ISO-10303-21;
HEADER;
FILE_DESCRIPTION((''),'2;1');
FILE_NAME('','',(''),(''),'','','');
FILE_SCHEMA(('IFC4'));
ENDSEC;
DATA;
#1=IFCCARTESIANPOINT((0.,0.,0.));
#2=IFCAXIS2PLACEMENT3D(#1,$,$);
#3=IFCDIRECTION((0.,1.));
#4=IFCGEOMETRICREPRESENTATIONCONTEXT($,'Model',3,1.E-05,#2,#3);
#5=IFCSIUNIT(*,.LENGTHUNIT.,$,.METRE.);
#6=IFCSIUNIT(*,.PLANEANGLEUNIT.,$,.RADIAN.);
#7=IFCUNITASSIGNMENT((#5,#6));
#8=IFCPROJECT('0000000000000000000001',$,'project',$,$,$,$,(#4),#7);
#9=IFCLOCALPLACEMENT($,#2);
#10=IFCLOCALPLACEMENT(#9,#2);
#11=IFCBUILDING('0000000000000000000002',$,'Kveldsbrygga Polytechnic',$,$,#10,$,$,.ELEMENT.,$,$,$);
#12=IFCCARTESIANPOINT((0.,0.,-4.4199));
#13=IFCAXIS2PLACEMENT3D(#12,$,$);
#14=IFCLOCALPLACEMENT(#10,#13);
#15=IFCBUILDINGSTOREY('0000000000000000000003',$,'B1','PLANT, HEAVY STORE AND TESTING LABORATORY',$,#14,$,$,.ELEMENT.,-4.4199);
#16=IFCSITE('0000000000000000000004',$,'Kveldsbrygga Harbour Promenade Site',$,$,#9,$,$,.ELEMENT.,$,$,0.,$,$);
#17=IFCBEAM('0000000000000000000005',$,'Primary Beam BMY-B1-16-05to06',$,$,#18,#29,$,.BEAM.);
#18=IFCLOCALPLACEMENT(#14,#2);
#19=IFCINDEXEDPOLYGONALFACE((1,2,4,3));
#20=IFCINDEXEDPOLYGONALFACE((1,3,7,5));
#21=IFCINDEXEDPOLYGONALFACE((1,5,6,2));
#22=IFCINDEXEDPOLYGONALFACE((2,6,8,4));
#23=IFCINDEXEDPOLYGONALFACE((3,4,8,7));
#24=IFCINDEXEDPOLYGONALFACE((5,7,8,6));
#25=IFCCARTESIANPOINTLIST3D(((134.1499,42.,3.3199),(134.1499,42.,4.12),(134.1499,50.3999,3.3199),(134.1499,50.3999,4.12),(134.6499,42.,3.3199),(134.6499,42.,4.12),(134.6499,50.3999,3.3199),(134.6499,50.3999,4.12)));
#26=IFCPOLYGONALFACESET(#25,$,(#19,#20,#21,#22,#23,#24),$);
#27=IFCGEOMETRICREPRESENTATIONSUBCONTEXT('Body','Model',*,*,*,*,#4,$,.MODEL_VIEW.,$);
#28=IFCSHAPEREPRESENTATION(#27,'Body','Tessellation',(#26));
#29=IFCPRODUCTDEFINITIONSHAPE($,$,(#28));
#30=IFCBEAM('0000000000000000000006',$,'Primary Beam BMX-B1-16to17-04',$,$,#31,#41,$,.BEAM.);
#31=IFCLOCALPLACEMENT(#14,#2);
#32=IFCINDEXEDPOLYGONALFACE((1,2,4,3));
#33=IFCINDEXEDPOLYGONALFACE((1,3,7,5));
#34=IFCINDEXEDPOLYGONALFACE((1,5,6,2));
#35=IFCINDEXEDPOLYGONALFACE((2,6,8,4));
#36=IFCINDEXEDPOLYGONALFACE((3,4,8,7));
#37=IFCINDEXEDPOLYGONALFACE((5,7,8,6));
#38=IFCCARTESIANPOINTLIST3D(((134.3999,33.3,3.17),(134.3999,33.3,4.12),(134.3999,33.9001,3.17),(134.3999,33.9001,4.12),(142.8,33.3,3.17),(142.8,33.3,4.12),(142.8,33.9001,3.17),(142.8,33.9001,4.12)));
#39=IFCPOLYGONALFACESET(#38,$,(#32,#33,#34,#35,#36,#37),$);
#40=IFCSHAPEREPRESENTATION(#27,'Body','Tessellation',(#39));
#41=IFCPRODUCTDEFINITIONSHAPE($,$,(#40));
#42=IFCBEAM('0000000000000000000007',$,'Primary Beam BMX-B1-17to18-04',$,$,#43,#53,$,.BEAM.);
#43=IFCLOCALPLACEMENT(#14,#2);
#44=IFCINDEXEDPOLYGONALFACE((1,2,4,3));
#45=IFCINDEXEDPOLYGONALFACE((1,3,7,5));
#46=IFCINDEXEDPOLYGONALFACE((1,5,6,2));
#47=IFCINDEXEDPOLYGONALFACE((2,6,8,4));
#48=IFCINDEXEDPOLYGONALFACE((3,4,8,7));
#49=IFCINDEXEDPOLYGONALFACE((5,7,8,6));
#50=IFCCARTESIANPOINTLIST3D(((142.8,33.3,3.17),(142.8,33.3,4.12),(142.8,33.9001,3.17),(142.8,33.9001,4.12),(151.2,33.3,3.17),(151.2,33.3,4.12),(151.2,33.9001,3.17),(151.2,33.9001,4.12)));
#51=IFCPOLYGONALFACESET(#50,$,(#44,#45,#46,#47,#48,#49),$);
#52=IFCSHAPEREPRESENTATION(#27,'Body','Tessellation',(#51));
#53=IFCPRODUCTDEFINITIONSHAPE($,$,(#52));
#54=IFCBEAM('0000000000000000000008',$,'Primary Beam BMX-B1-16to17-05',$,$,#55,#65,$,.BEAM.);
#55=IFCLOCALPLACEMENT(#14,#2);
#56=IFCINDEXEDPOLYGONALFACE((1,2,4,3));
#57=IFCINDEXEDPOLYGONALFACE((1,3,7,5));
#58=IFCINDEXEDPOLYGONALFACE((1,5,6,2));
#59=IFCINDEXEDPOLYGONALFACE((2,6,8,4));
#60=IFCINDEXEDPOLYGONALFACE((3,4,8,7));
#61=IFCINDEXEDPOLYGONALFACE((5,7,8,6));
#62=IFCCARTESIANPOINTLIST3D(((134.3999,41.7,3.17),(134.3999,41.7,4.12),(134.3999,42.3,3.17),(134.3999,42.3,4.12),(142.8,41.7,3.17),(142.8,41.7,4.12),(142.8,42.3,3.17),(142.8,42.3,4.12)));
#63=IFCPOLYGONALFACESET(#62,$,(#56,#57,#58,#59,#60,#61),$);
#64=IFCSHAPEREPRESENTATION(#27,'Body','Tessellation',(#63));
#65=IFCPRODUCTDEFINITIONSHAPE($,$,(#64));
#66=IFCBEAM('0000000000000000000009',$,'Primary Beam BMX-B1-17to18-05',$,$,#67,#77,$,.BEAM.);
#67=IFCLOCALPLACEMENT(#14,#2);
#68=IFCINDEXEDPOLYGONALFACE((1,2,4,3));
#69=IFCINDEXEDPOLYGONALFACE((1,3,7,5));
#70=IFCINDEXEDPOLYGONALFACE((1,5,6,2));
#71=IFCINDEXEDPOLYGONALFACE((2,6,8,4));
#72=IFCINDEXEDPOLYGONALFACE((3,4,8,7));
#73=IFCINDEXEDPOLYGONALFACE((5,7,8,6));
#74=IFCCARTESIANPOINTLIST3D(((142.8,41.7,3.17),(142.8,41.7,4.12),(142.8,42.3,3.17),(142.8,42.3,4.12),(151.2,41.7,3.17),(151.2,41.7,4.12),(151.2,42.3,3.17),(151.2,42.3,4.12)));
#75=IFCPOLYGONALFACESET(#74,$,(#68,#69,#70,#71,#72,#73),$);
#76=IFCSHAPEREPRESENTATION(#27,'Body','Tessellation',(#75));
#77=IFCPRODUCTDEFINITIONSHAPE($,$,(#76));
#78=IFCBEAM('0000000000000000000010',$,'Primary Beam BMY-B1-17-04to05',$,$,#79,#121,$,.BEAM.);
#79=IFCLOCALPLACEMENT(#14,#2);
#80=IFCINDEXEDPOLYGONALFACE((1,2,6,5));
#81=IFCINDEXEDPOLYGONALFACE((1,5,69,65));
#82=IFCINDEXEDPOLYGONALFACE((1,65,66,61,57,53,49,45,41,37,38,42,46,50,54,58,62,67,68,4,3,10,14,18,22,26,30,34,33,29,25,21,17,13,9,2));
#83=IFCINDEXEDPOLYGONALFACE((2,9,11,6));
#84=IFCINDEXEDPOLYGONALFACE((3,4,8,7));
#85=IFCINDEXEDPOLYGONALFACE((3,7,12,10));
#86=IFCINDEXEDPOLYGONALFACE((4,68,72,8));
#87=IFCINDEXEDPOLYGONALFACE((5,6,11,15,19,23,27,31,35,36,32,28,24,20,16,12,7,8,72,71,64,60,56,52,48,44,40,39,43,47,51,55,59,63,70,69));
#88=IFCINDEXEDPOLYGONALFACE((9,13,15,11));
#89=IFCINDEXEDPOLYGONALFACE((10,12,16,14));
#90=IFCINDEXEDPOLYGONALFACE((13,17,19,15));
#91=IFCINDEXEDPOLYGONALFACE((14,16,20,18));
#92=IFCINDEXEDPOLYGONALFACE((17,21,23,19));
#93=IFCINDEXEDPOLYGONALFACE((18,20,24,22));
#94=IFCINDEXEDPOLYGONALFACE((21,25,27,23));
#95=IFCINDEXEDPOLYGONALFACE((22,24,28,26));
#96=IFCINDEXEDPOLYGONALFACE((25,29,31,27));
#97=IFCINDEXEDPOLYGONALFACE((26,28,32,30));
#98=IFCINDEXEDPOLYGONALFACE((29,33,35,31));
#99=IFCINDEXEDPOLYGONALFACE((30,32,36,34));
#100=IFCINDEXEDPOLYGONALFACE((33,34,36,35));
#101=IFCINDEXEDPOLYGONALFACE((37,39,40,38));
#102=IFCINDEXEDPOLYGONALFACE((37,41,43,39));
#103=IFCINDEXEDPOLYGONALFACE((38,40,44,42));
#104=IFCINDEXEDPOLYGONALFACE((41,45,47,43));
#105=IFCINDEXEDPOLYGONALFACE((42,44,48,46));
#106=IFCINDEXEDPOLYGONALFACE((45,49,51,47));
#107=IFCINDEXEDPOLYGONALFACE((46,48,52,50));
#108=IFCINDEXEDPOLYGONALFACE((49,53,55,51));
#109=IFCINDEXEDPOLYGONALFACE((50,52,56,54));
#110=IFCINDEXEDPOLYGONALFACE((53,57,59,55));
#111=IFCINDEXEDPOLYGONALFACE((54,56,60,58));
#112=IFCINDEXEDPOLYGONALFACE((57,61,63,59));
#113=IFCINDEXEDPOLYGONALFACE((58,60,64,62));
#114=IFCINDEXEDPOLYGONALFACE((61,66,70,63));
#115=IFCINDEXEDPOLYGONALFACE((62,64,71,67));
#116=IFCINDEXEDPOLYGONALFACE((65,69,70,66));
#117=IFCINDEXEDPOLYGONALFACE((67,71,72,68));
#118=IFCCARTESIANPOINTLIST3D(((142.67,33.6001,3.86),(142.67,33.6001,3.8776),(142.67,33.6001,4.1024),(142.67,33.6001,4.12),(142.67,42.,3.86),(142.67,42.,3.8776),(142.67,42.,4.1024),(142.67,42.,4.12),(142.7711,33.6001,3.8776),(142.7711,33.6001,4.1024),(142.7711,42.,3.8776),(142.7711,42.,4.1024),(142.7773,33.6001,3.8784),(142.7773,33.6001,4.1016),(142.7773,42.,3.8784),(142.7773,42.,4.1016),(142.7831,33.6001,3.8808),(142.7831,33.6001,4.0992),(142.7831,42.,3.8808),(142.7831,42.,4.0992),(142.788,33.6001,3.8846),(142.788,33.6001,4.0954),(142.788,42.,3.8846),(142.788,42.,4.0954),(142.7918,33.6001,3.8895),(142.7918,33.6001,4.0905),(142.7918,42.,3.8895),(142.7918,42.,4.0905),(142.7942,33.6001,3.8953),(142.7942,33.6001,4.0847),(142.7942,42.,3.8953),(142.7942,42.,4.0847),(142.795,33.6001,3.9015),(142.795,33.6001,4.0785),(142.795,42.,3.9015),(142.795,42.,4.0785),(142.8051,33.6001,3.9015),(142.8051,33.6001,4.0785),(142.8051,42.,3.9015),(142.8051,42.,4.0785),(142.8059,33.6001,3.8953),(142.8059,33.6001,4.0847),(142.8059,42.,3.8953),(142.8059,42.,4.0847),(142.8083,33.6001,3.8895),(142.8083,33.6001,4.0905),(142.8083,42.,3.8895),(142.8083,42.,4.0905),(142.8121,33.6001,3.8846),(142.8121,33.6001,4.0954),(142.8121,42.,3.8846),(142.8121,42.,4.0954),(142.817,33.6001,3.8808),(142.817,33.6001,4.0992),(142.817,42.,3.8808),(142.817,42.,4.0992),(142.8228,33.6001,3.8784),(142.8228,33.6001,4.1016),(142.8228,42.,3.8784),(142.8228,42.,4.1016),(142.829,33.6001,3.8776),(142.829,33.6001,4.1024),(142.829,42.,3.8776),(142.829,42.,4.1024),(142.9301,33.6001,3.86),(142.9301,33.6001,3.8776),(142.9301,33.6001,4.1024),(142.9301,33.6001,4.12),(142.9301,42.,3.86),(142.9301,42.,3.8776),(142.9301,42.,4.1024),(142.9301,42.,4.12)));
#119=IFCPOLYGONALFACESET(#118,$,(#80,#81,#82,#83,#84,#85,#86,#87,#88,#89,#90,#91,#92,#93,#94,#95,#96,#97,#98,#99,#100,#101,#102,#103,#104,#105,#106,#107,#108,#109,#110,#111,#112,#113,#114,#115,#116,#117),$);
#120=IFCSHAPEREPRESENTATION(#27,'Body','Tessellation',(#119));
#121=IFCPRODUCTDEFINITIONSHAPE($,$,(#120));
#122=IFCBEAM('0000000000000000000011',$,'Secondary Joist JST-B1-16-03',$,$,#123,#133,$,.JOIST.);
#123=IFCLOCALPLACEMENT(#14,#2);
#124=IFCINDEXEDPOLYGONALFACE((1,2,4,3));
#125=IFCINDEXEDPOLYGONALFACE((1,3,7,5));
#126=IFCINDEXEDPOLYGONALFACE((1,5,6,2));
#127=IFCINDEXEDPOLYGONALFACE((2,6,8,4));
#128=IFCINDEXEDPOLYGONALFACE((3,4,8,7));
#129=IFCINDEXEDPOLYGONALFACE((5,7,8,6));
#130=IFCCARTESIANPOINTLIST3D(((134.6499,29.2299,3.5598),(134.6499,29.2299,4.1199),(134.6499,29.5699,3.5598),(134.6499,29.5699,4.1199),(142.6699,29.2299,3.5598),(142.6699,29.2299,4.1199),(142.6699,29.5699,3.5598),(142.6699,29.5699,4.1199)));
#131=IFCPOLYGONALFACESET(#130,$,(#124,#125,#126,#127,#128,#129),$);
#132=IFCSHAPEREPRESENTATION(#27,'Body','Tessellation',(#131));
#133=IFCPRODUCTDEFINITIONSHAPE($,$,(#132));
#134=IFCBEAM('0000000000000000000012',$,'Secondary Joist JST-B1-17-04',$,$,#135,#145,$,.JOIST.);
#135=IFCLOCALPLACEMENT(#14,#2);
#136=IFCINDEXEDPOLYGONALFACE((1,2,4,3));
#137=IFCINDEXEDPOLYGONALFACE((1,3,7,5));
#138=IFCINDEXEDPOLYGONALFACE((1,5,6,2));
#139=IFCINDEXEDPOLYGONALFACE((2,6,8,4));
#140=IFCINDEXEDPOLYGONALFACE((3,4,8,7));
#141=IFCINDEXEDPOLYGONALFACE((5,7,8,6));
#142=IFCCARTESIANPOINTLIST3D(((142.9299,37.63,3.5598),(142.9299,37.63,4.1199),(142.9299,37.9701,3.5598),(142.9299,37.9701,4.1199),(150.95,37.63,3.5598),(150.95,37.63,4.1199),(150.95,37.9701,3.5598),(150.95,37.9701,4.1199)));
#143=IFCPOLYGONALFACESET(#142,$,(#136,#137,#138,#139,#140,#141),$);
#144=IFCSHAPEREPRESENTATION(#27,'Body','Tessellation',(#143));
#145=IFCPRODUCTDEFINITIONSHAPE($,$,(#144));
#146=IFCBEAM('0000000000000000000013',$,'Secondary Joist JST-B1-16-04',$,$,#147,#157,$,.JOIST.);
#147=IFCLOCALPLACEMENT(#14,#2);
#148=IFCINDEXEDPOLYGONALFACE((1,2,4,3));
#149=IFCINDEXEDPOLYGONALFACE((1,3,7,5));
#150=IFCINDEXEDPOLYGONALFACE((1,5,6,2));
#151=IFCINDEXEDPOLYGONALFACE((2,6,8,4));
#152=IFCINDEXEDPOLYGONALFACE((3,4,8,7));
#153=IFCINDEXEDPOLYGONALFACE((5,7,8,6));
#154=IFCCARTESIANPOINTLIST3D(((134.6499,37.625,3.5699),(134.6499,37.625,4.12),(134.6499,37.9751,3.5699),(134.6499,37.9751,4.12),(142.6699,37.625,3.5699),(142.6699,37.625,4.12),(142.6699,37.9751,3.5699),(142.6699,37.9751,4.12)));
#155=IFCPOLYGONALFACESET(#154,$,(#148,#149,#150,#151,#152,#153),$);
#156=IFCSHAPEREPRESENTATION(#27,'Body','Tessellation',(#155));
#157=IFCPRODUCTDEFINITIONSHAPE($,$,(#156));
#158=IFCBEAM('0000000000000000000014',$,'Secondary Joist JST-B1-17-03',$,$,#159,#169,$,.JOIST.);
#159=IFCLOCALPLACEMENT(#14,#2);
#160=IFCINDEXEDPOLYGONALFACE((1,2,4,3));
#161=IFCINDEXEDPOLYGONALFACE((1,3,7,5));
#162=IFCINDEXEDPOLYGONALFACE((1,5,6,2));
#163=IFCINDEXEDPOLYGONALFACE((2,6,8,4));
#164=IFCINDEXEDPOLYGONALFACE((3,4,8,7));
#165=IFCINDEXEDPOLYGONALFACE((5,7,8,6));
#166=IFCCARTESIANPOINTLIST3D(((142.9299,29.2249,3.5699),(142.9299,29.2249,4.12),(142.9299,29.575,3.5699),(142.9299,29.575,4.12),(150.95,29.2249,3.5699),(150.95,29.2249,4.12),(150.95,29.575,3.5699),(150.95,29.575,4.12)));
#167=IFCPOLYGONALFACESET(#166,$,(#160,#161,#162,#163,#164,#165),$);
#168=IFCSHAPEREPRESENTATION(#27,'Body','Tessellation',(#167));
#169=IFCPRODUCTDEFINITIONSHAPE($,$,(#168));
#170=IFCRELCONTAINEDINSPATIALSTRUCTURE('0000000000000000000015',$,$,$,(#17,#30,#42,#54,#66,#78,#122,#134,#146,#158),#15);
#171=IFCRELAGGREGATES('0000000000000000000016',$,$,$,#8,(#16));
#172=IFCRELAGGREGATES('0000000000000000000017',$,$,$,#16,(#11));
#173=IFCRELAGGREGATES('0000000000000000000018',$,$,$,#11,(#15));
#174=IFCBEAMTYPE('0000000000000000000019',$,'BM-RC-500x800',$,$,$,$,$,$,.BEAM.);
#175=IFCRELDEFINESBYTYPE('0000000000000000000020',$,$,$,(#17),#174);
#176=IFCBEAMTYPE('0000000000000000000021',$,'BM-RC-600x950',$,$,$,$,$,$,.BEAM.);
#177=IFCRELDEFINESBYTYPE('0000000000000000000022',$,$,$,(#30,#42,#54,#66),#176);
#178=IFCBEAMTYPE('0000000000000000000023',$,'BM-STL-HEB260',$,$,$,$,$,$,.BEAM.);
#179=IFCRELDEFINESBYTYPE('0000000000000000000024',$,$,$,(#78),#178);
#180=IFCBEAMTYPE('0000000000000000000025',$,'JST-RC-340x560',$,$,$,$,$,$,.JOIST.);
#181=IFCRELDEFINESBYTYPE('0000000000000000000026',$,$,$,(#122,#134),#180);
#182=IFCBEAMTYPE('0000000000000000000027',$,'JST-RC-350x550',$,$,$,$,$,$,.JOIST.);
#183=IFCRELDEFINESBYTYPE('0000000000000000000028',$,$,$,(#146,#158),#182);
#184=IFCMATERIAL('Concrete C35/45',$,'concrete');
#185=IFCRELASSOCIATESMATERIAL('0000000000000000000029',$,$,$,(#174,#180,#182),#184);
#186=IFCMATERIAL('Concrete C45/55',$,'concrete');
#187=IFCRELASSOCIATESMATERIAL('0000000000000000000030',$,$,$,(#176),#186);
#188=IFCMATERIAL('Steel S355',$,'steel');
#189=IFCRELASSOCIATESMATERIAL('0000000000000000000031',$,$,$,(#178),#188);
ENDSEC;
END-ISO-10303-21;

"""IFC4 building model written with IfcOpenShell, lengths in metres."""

from ifc_helpers import new_model, si_unit, direction, frame, origin, origin_2d, place, context, subcontext, project, spatial, rectangle, i_section, extrude, material, material_profile, profile_set, type_object, element, save


model = new_model("IFC4")

# Units and contexts
model_context = context("Model", 3, precision=1e-05, world=origin(), true_north=direction((0.0, 1.0)))
body_context = subcontext(model_context, "Body", "Model", "MODEL_VIEW")
ifc_project = project(units=[si_unit("LENGTHUNIT", "METRE"), si_unit("PLANEANGLEUNIT", "RADIAN")], contexts=[model_context])

# Site, building, storey
site_placement = place(None, origin())
site = spatial("IfcSite", under=ifc_project, at=site_placement, Name="Kveldsbrygga Harbour Promenade Site", CompositionType="ELEMENT", RefElevation=0.0)
building_placement = place(site_placement, origin())
building = spatial("IfcBuilding", under=site, at=building_placement, Name="Kveldsbrygga Polytechnic", CompositionType="ELEMENT")
storey_placement = place(building_placement, frame((0.0, 0.0, -4.4199)))
storey = spatial("IfcBuildingStorey", under=building, at=storey_placement, Name="B1", Description="PLANT, HEAVY STORE AND TESTING LABORATORY", CompositionType="ELEMENT", Elevation=-4.4199)

# Shared definitions
ifc_material_1 = material(Name="Concrete C45/55", Category="concrete")

# Beams
ifc_material_2 = material(Name="Concrete C35/45", Category="concrete")
ifc_material_profile_1 = material_profile(ifc_material_2, rectangle(XDim=0.5, YDim=0.8, at=origin_2d()), Name="RC 500x800")
ifc_profile_set_1 = profile_set([ifc_material_profile_1], Name="Concrete C35/45")
beam_type_1 = type_object("IfcBeamType", Name="BM-RC-500x800", PredefinedType="BEAM", material=ifc_profile_set_1)
for number, where, z_axis, x_axis, name in (
    (1, (134.3999, 42.0, 3.72), (0.0, 1.0, 0.0), (-1.0, 0.0, 0.0), "Primary Beam BMY-B1-16-05to06"),
):
    element("IfcBeam", number, at=place(storey_placement, frame(where, z_axis=z_axis, x_axis=x_axis)), inside=storey, type_object=beam_type_1, Name=name, PredefinedType="BEAM", context=body_context, shape_type="SweptSolid", body=[
        extrude(rectangle(XDim=0.5, YDim=0.8, at=origin_2d()), origin(), (0.0, 0.0, 1.0), 8.3999),
    ])
ifc_material_profile_2 = material_profile(ifc_material_1, rectangle(XDim=0.6001, YDim=0.95, at=origin_2d()), Name="RC 600x950")
ifc_profile_set_2 = profile_set([ifc_material_profile_2], Name="Concrete C45/55")
beam_type_2 = type_object("IfcBeamType", Name="BM-RC-600x950", PredefinedType="BEAM", material=ifc_profile_set_2)
beam_1_placement = place(storey_placement, frame((134.3999, 33.6001, 3.645), z_axis=(1.0, 0.0, 0.0), x_axis=(0.0, 1.0, 0.0)))
element("IfcBeam", 2, at=beam_1_placement, inside=storey, type_object=beam_type_2, Name="Primary Beam BMX-B1-16to17-04", PredefinedType="BEAM", context=body_context, shape_type="SweptSolid", body=[
    extrude(rectangle(XDim=0.6001, YDim=0.95, at=origin_2d()), origin(), (0.0, 0.0, 1.0), 8.4001),
])
beam_2_placement = place(storey_placement, frame((142.8, 33.6001, 3.645), z_axis=(1.0, 0.0, 0.0), x_axis=(0.0, 1.0, 0.0)))
element("IfcBeam", 3, at=beam_2_placement, inside=storey, type_object=beam_type_2, Name="Primary Beam BMX-B1-17to18-04", PredefinedType="BEAM", context=body_context, shape_type="SweptSolid", body=[
    extrude(rectangle(XDim=0.6001, YDim=0.95, at=origin_2d()), origin(), (0.0, 0.0, 1.0), 8.3999),
])
beam_3_placement = place(storey_placement, frame((134.3999, 42.0, 3.645), z_axis=(1.0, 0.0, 0.0), x_axis=(0.0, 1.0, 0.0)))
element("IfcBeam", 4, at=beam_3_placement, inside=storey, type_object=beam_type_2, Name="Primary Beam BMX-B1-16to17-05", PredefinedType="BEAM", context=body_context, shape_type="SweptSolid", body=[
    extrude(rectangle(XDim=0.6001, YDim=0.95, at=origin_2d()), origin(), (0.0, 0.0, 1.0), 8.4001),
])
beam_4_placement = place(storey_placement, frame((142.8, 42.0, 3.645), z_axis=(1.0, 0.0, 0.0), x_axis=(0.0, 1.0, 0.0)))
element("IfcBeam", 5, at=beam_4_placement, inside=storey, type_object=beam_type_2, Name="Primary Beam BMX-B1-17to18-05", PredefinedType="BEAM", context=body_context, shape_type="SweptSolid", body=[
    extrude(rectangle(XDim=0.6001, YDim=0.95, at=origin_2d()), origin(), (0.0, 0.0, 1.0), 8.3999),
])
ifc_material_3 = material(Name="Steel S355", Category="steel")
ifc_material_profile_3 = material_profile(ifc_material_3, i_section(OverallWidth=0.26, OverallDepth=0.26, WebThickness=0.01, FlangeThickness=0.0176, FilletRadius=0.0239, at=origin_2d()), Name="HEB 260")
ifc_profile_set_3 = profile_set([ifc_material_profile_3], Name="Steel S355")
beam_type_3 = type_object("IfcBeamType", Name="BM-STL-HEB260", PredefinedType="BEAM", material=ifc_profile_set_3)
beam_5_placement = place(storey_placement, frame((142.8, 33.6001, 3.99), z_axis=(0.0, 1.0, 0.0), x_axis=(-1.0, 0.0, 0.0)))
element("IfcBeam", 6, at=beam_5_placement, inside=storey, type_object=beam_type_3, Name="Primary Beam BMY-B1-17-04to05", PredefinedType="BEAM", context=body_context, shape_type="SweptSolid", body=[
    extrude(i_section(OverallWidth=0.26, OverallDepth=0.26, WebThickness=0.01, FlangeThickness=0.0176, FilletRadius=0.0239, at=origin_2d()), origin(), (0.0, 0.0, 1.0), 8.3999),
])
ifc_material_profile_4 = material_profile(ifc_material_2, rectangle(XDim=0.3401, YDim=0.5601, at=origin_2d()), Name="RC 340x560")
ifc_profile_set_4 = profile_set([ifc_material_profile_4], Name="Concrete C35/45")
beam_type_4 = type_object("IfcBeamType", Name="JST-RC-340x560", PredefinedType="JOIST", material=ifc_profile_set_4)
for number, where, z_axis, x_axis, name in (
    (7, (134.6499, 29.3999, 3.8398), (1.0, 0.0, 0.0), (0.0, 1.0, 0.0), "Secondary Joist JST-B1-16-03"),
    (8, (142.9299, 37.8, 3.8398), (1.0, 0.0, 0.0), (0.0, 1.0, 0.0), "Secondary Joist JST-B1-17-04"),
):
    element("IfcBeam", number, at=place(storey_placement, frame(where, z_axis=z_axis, x_axis=x_axis)), inside=storey, type_object=beam_type_4, Name=name, PredefinedType="JOIST", context=body_context, shape_type="SweptSolid", body=[
        extrude(rectangle(XDim=0.3401, YDim=0.5601, at=origin_2d()), origin(), (0.0, 0.0, 1.0), 8.02),
    ])
ifc_material_profile_5 = material_profile(ifc_material_2, rectangle(XDim=0.3501, YDim=0.55, at=origin_2d()), Name="RC 350x550")
ifc_profile_set_5 = profile_set([ifc_material_profile_5], Name="Concrete C35/45")
beam_type_5 = type_object("IfcBeamType", Name="JST-RC-350x550", PredefinedType="JOIST", material=ifc_profile_set_5)
for number, where, z_axis, x_axis, name in (
    (9, (134.6499, 37.8, 3.845), (1.0, 0.0, 0.0), (0.0, 1.0, 0.0), "Secondary Joist JST-B1-16-04"),
    (10, (142.9299, 29.3999, 3.845), (1.0, 0.0, 0.0), (0.0, 1.0, 0.0), "Secondary Joist JST-B1-17-03"),
):
    element("IfcBeam", number, at=place(storey_placement, frame(where, z_axis=z_axis, x_axis=x_axis)), inside=storey, type_object=beam_type_5, Name=name, PredefinedType="JOIST", context=body_context, shape_type="SweptSolid", body=[
        extrude(rectangle(XDim=0.3501, YDim=0.55, at=origin_2d()), origin(), (0.0, 0.0, 1.0), 8.02),
    ])

save(model, "model.ifc")
